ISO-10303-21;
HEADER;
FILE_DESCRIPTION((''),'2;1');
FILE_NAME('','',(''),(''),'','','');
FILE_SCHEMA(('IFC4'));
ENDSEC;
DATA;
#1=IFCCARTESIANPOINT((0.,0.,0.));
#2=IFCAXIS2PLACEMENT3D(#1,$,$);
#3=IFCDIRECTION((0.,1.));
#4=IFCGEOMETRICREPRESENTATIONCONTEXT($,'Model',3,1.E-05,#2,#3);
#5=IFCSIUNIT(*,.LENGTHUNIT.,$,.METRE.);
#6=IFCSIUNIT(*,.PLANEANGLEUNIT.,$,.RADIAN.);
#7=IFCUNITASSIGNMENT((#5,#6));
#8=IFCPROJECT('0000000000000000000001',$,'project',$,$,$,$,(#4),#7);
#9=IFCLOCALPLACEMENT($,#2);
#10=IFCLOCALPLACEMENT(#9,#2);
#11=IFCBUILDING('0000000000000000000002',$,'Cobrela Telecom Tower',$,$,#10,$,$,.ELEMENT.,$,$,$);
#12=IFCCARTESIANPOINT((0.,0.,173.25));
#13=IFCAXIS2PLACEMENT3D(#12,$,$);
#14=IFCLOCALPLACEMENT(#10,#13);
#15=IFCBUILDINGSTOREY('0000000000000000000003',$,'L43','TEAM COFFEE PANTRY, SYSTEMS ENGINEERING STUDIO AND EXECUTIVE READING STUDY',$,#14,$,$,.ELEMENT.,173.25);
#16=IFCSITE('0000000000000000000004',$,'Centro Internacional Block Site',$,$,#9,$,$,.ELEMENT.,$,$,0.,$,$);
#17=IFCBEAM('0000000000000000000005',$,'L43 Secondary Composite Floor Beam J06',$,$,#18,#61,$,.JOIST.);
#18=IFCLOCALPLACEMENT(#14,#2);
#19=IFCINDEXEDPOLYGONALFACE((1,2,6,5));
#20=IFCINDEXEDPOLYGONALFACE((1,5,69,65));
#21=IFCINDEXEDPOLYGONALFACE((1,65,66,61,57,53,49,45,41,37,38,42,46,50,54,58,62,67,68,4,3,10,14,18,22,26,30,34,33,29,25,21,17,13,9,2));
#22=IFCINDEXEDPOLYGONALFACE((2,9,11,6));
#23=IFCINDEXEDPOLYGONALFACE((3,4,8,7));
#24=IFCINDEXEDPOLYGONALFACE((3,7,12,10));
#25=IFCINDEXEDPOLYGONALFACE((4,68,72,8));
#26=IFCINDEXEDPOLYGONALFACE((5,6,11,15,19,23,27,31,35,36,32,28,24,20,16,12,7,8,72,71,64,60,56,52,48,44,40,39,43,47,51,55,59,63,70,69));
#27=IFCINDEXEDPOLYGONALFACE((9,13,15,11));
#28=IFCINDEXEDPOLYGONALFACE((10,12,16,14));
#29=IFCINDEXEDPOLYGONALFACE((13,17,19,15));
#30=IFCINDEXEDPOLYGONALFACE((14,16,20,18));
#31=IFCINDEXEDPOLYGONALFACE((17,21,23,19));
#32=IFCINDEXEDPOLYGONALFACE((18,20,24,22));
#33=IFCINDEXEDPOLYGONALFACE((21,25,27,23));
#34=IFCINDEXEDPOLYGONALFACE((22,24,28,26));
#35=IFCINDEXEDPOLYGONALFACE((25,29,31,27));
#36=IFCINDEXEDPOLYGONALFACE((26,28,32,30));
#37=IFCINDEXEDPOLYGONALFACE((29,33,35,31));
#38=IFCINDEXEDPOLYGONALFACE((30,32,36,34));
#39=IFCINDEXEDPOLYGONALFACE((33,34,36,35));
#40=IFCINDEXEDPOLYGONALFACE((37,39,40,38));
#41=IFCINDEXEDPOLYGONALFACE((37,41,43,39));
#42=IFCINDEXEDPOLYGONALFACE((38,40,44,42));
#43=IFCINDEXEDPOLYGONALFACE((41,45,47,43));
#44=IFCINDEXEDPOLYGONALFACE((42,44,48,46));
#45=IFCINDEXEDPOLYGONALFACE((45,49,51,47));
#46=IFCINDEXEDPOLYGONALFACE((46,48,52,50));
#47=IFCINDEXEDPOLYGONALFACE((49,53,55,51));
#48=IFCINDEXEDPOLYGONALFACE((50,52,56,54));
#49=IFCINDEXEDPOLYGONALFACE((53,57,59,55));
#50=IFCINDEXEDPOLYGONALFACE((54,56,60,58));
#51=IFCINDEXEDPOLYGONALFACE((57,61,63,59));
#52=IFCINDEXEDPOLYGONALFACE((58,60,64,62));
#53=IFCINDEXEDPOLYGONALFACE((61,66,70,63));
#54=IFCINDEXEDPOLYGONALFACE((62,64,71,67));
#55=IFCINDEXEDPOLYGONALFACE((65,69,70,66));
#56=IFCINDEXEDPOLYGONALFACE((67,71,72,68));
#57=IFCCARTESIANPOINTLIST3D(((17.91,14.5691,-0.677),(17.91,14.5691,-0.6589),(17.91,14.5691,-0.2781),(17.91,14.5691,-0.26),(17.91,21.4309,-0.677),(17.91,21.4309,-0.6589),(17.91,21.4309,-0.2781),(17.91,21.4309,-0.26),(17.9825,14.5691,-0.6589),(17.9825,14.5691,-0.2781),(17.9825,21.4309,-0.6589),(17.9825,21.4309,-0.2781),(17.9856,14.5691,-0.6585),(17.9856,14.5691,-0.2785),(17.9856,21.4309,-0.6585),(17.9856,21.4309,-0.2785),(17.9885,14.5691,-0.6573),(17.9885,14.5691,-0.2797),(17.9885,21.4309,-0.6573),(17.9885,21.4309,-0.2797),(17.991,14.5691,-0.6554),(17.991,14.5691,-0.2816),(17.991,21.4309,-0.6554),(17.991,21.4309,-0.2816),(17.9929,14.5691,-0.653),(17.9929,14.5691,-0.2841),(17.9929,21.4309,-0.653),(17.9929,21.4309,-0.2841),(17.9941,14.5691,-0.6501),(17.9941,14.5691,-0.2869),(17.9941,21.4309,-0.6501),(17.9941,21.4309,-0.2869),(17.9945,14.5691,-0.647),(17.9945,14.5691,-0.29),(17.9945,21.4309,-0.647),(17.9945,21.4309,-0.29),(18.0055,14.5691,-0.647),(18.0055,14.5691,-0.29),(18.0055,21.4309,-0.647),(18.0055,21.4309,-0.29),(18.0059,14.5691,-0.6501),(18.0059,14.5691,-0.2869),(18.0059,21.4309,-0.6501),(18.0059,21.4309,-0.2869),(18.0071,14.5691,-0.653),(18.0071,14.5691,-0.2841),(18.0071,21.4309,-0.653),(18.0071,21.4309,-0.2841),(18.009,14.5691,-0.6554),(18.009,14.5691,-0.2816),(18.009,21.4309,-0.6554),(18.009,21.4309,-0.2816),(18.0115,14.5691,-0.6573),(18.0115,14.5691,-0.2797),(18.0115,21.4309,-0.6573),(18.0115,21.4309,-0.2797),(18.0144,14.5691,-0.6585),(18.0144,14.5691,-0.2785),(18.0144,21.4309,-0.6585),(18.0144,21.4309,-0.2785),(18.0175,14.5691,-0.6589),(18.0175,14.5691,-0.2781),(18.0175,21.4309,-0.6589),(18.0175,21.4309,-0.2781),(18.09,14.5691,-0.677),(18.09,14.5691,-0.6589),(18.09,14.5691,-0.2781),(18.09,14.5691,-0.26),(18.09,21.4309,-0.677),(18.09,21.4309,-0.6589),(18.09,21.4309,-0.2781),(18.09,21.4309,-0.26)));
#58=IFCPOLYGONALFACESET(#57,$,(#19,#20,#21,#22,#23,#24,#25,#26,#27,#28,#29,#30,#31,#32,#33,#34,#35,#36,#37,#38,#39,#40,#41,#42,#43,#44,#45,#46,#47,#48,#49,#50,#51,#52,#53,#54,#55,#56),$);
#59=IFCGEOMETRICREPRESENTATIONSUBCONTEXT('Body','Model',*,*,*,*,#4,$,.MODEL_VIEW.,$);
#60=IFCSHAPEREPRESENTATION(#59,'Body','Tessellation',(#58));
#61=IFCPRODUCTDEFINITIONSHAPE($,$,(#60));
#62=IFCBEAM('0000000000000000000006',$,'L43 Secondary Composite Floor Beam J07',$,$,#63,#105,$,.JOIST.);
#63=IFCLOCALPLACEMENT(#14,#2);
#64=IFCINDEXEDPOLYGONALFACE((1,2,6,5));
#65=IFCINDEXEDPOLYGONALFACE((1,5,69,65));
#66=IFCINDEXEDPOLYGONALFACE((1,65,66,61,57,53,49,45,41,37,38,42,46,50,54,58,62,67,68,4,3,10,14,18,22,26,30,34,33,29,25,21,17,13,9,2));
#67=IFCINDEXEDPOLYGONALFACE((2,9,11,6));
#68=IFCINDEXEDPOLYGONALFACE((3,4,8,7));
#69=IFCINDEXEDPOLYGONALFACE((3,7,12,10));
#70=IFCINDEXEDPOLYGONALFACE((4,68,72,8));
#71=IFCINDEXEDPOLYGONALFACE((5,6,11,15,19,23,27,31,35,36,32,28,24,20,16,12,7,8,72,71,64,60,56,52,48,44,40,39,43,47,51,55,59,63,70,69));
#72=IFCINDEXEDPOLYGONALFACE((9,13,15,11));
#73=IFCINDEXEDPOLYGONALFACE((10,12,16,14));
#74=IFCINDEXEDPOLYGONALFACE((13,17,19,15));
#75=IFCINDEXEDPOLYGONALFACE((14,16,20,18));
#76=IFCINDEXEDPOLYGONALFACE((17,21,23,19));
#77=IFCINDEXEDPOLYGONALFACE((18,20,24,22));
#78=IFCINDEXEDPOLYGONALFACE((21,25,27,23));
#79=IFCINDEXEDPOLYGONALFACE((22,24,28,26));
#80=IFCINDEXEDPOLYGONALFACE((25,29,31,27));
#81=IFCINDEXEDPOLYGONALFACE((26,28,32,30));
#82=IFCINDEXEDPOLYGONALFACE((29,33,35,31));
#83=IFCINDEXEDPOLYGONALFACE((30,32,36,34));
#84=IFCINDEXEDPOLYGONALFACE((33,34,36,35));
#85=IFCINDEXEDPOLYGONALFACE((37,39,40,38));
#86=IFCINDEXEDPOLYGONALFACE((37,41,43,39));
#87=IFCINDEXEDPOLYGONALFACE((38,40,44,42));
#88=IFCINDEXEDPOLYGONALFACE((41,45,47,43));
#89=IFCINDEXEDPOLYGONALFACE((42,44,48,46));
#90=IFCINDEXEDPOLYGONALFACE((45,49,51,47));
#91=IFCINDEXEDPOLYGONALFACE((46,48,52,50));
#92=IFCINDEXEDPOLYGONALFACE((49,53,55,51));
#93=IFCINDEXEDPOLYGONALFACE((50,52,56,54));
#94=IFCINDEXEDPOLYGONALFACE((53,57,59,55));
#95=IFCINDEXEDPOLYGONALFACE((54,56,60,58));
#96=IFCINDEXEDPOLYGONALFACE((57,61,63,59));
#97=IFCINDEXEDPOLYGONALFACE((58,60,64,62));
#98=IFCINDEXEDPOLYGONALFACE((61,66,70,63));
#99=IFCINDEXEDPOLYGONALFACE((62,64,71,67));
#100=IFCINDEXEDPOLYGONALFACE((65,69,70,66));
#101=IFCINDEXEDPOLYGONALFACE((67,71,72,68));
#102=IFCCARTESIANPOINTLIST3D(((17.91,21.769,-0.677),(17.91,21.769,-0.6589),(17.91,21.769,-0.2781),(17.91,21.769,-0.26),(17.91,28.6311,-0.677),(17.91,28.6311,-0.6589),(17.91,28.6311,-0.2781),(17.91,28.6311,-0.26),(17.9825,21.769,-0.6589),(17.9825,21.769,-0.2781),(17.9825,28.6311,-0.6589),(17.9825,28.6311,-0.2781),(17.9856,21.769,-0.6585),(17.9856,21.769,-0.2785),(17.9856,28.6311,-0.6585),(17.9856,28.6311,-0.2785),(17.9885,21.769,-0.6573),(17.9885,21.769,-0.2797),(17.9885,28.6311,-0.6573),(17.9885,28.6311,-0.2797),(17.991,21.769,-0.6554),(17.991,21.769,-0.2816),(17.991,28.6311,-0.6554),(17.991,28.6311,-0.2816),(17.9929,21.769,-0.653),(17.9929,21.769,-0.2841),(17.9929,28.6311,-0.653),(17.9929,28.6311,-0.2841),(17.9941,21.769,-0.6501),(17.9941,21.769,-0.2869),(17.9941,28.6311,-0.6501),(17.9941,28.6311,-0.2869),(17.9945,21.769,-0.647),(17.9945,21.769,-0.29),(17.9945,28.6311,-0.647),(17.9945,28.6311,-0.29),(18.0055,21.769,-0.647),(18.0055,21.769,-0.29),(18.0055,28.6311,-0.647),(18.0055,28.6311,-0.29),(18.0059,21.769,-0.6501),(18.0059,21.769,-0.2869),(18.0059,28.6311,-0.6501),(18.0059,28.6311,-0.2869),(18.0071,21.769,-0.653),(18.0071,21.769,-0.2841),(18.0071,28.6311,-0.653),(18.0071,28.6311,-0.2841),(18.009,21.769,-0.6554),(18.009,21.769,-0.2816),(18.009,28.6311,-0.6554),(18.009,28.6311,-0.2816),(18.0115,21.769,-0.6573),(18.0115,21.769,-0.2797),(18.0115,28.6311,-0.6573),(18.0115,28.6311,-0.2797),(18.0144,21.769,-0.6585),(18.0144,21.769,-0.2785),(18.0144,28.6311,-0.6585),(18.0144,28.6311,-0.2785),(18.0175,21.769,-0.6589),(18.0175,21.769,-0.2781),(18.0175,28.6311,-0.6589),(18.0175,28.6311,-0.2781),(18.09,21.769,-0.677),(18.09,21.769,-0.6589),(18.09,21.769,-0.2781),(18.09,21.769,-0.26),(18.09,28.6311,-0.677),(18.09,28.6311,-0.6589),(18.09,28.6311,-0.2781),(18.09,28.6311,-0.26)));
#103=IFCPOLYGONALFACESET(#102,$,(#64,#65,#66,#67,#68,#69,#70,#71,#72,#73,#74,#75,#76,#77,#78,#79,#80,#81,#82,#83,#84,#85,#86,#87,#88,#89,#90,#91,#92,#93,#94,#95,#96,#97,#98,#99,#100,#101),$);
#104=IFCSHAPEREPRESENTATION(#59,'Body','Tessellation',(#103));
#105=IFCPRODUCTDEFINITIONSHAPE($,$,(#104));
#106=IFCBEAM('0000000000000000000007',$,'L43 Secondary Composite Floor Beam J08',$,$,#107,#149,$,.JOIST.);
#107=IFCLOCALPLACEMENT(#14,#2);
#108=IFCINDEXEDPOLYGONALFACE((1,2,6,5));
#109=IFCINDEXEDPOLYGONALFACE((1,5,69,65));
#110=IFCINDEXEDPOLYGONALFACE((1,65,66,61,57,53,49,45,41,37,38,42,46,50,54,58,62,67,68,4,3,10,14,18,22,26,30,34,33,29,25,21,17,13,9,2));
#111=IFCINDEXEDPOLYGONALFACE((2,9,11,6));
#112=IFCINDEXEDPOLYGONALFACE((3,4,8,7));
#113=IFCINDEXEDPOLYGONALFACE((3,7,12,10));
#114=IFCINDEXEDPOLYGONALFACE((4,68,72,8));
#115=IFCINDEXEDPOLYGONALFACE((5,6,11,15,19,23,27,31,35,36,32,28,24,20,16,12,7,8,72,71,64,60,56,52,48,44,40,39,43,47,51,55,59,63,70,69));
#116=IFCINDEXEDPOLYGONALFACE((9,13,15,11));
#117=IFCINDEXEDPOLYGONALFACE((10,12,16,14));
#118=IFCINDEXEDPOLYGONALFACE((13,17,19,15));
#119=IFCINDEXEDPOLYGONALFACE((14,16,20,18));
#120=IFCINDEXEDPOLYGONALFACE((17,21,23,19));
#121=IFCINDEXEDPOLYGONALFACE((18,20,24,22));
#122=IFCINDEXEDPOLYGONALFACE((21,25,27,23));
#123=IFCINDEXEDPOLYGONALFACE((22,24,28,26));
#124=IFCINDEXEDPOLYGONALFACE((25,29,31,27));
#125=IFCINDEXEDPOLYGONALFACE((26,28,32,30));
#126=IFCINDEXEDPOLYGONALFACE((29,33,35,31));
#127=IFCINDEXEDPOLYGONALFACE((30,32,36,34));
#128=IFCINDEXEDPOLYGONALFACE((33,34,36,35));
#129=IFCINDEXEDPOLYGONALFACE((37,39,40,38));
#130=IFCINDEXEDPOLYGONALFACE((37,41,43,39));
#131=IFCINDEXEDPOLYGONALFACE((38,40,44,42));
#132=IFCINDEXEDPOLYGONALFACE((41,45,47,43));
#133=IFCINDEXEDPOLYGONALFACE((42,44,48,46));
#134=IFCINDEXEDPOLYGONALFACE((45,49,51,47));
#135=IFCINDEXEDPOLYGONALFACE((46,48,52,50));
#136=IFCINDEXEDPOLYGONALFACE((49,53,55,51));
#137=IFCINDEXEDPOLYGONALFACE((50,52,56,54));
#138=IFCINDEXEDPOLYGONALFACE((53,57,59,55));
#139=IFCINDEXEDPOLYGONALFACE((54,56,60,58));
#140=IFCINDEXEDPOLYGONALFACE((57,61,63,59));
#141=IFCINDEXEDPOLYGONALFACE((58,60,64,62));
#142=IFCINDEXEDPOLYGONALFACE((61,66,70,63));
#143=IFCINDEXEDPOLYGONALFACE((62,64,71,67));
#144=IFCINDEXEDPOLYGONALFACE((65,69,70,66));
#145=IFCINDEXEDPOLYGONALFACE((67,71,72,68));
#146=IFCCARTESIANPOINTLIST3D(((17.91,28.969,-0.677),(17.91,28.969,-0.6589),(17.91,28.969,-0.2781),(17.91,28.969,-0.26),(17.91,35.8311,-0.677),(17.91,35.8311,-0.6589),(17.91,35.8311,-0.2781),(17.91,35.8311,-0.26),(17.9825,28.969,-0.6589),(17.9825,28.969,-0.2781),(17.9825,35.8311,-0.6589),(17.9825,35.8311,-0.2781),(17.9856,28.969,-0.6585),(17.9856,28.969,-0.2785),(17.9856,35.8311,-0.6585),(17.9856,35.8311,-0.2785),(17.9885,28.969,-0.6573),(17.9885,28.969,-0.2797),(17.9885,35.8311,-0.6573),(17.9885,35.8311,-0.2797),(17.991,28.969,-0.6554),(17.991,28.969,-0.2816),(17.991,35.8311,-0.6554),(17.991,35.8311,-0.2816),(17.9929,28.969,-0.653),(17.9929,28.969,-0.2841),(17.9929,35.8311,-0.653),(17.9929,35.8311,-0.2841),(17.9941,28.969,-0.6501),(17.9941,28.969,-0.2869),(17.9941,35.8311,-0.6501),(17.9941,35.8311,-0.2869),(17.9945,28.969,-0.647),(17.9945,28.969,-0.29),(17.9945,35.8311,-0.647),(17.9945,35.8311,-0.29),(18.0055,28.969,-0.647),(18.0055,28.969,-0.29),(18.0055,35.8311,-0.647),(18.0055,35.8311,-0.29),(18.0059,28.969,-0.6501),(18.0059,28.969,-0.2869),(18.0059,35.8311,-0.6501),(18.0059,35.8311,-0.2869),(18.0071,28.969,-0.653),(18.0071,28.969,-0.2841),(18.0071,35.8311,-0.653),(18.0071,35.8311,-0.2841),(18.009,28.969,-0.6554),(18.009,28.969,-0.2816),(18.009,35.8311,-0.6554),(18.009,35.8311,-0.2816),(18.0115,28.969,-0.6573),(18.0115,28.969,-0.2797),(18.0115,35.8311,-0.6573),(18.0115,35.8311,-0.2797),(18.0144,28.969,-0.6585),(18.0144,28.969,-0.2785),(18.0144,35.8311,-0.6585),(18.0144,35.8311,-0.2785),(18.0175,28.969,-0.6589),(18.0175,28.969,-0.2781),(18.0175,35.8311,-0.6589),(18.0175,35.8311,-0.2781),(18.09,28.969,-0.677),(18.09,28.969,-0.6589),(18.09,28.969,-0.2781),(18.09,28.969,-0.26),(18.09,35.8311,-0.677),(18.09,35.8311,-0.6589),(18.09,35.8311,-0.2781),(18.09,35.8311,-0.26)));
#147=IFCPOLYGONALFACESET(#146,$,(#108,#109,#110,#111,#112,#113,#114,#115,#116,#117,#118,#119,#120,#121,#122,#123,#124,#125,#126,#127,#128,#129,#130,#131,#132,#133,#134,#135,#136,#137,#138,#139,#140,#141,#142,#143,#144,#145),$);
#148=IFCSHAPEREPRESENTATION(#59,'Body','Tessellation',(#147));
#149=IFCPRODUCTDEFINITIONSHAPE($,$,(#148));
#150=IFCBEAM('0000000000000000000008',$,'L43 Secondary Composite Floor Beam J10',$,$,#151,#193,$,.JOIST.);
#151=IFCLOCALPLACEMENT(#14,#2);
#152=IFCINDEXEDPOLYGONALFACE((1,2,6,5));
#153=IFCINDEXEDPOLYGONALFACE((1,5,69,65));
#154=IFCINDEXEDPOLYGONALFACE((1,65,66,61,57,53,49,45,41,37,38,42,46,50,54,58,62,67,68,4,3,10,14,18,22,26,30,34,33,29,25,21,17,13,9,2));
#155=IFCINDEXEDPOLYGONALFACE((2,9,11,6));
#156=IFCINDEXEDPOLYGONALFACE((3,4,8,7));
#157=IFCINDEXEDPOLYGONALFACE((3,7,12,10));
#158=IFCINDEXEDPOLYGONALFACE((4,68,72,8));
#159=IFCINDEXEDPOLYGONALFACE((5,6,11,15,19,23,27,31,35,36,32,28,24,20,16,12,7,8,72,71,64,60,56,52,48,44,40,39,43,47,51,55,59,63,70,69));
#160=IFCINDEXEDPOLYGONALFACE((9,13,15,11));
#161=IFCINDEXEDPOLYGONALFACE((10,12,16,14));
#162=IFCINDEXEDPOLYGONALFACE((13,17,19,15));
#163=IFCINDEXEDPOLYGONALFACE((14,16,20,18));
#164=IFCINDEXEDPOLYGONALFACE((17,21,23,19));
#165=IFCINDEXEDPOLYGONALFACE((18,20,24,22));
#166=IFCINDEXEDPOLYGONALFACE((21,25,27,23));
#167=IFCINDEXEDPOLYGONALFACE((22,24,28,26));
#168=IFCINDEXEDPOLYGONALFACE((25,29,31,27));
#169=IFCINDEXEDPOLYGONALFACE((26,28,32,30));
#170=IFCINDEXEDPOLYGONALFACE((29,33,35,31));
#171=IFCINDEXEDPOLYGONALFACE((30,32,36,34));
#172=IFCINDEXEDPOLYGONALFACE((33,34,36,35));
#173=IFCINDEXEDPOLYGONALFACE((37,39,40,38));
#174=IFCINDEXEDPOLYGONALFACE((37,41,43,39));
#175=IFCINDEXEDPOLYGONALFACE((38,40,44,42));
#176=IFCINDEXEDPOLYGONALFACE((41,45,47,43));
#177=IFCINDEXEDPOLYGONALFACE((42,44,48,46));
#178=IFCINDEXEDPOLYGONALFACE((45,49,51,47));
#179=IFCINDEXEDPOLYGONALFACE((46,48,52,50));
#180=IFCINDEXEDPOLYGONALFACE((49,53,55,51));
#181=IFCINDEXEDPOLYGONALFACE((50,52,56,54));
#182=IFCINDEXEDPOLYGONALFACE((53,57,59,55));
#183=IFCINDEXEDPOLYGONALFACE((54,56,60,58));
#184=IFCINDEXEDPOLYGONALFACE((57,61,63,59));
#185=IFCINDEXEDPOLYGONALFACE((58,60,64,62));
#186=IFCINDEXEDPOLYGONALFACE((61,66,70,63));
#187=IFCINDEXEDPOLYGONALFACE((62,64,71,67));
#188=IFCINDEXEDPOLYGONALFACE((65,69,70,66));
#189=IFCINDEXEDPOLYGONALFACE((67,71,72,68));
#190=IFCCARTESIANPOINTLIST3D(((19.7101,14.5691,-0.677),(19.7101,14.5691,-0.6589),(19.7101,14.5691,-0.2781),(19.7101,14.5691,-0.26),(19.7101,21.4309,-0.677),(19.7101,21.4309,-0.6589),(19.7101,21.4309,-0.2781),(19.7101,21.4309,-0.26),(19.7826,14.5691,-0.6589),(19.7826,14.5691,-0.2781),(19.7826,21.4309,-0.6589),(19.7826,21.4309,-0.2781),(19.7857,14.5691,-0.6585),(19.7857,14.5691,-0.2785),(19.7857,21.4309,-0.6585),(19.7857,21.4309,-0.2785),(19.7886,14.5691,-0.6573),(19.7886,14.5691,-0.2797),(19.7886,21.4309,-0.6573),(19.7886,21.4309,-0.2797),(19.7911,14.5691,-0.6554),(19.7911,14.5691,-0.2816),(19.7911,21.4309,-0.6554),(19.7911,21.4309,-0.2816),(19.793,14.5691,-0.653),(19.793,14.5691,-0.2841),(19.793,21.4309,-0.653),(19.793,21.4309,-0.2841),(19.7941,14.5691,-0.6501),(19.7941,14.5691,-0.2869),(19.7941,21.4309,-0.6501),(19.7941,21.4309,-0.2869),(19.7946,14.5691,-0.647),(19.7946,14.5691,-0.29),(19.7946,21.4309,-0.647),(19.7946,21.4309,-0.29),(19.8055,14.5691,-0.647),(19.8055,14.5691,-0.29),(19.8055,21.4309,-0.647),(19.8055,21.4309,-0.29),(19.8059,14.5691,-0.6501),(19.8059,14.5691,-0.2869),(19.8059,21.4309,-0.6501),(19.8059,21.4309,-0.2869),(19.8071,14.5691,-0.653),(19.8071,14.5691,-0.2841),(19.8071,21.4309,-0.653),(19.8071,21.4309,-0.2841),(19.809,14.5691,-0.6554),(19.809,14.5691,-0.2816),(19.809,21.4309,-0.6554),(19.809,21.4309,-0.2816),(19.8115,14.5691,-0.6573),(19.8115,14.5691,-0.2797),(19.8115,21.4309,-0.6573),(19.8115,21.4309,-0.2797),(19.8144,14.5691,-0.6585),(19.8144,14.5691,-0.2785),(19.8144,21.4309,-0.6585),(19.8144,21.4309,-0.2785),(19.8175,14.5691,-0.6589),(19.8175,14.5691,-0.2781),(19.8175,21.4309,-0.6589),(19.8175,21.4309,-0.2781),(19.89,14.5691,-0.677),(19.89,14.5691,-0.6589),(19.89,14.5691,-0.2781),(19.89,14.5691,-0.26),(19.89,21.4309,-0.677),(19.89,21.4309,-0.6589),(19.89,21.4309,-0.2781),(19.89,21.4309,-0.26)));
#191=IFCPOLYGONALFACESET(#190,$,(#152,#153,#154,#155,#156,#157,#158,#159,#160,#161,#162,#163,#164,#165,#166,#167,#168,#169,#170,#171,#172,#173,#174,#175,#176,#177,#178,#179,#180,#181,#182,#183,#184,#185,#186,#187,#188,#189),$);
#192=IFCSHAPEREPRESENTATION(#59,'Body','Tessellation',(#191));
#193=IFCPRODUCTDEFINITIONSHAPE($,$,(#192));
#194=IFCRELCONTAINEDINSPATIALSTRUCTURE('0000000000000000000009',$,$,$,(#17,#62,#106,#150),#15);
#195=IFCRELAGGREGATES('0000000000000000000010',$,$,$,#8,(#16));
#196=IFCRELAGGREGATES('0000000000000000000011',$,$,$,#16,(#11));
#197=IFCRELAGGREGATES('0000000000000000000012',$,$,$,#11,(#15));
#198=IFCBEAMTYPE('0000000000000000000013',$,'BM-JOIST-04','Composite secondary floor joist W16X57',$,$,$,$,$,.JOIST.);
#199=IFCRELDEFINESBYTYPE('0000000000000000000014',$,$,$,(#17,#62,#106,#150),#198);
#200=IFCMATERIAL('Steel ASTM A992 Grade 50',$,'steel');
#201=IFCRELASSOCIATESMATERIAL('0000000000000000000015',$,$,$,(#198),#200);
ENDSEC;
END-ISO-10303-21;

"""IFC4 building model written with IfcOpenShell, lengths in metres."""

from ifc_helpers import new_model, si_unit, direction, frame, origin, origin_2d, place, context, subcontext, project, spatial, i_section, extrude, material, material_profile, profile_set, type_object, element, save


model = new_model("IFC4")

# Units and contexts
model_context = context("Model", 3, precision=1e-05, world=origin(), true_north=direction((0.0, 1.0)))
body_context = subcontext(model_context, "Body", "Model", "MODEL_VIEW")
ifc_project = project(units=[si_unit("LENGTHUNIT", "METRE"), si_unit("PLANEANGLEUNIT", "RADIAN")], contexts=[model_context])

# Site, building, storey
site_placement = place(None, origin())
site = spatial("IfcSite", under=ifc_project, at=site_placement, Name="Centro Internacional Block Site", CompositionType="ELEMENT", RefElevation=0.0)
building_placement = place(site_placement, origin())
building = spatial("IfcBuilding", under=site, at=building_placement, Name="Cobrela Telecom Tower", CompositionType="ELEMENT")
storey_placement = place(building_placement, frame((0.0, 0.0, 173.25)))
storey = spatial("IfcBuildingStorey", under=building, at=storey_placement, Name="L43", Description="TEAM COFFEE PANTRY, SYSTEMS ENGINEERING STUDIO AND EXECUTIVE READING STUDY", CompositionType="ELEMENT", Elevation=173.25)

# Shared definitions
ifc_material_1 = material(Name="Steel ASTM A992 Grade 50", Category="steel")

# Beams
ifc_material_profile_1 = material_profile(ifc_material_1, i_section(OverallWidth=0.1799, OverallDepth=0.417, WebThickness=0.011, FlangeThickness=0.0181, FilletRadius=0.012, at=origin_2d()), Name="W16X57")
ifc_profile_set_1 = profile_set([ifc_material_profile_1], Name="Steel ASTM A992 Grade 50")
beam_type_1 = type_object("IfcBeamType", Name="BM-JOIST-04", Description="Composite secondary floor joist W16X57", PredefinedType="JOIST", material=ifc_profile_set_1)
beam_1_placement = place(storey_placement, frame((18.0, 14.5691, -0.4685), z_axis=(0.0, 1.0, 0.0), x_axis=(-1.0, 0.0, 0.0)))
element("IfcBeam", 1, at=beam_1_placement, inside=storey, type_object=beam_type_1, Name="L43 Secondary Composite Floor Beam J06", PredefinedType="JOIST", context=body_context, shape_type="SweptSolid", body=[
    extrude(i_section(OverallWidth=0.1799, OverallDepth=0.417, WebThickness=0.011, FlangeThickness=0.0181, FilletRadius=0.012, at=origin_2d()), origin(), (0.0, 0.0, 1.0), 6.8618),
])
for number, where, z_axis, x_axis, name in (
    (2, (18.0, 21.769, -0.4685), (0.0, 1.0, 0.0), (-1.0, 0.0, 0.0), "L43 Secondary Composite Floor Beam J07"),
    (3, (18.0, 28.969, -0.4685), (0.0, 1.0, 0.0), (-1.0, 0.0, 0.0), "L43 Secondary Composite Floor Beam J08"),
):
    element("IfcBeam", number, at=place(storey_placement, frame(where, z_axis=z_axis, x_axis=x_axis)), inside=storey, type_object=beam_type_1, Name=name, PredefinedType="JOIST", context=body_context, shape_type="SweptSolid", body=[
        extrude(i_section(OverallWidth=0.1799, OverallDepth=0.417, WebThickness=0.011, FlangeThickness=0.0181, FilletRadius=0.012, at=origin_2d()), origin(), (0.0, 0.0, 1.0), 6.8621),
    ])
beam_2_placement = place(storey_placement, frame((19.8, 14.5691, -0.4685), z_axis=(0.0, 1.0, 0.0), x_axis=(-1.0, 0.0, 0.0)))
element("IfcBeam", 4, at=beam_2_placement, inside=storey, type_object=beam_type_1, Name="L43 Secondary Composite Floor Beam J10", PredefinedType="JOIST", context=body_context, shape_type="SweptSolid", body=[
    extrude(i_section(OverallWidth=0.1799, OverallDepth=0.417, WebThickness=0.011, FlangeThickness=0.0181, FilletRadius=0.012, at=origin_2d()), origin(), (0.0, 0.0, 1.0), 6.8618),
])

save(model, "model.ifc")
